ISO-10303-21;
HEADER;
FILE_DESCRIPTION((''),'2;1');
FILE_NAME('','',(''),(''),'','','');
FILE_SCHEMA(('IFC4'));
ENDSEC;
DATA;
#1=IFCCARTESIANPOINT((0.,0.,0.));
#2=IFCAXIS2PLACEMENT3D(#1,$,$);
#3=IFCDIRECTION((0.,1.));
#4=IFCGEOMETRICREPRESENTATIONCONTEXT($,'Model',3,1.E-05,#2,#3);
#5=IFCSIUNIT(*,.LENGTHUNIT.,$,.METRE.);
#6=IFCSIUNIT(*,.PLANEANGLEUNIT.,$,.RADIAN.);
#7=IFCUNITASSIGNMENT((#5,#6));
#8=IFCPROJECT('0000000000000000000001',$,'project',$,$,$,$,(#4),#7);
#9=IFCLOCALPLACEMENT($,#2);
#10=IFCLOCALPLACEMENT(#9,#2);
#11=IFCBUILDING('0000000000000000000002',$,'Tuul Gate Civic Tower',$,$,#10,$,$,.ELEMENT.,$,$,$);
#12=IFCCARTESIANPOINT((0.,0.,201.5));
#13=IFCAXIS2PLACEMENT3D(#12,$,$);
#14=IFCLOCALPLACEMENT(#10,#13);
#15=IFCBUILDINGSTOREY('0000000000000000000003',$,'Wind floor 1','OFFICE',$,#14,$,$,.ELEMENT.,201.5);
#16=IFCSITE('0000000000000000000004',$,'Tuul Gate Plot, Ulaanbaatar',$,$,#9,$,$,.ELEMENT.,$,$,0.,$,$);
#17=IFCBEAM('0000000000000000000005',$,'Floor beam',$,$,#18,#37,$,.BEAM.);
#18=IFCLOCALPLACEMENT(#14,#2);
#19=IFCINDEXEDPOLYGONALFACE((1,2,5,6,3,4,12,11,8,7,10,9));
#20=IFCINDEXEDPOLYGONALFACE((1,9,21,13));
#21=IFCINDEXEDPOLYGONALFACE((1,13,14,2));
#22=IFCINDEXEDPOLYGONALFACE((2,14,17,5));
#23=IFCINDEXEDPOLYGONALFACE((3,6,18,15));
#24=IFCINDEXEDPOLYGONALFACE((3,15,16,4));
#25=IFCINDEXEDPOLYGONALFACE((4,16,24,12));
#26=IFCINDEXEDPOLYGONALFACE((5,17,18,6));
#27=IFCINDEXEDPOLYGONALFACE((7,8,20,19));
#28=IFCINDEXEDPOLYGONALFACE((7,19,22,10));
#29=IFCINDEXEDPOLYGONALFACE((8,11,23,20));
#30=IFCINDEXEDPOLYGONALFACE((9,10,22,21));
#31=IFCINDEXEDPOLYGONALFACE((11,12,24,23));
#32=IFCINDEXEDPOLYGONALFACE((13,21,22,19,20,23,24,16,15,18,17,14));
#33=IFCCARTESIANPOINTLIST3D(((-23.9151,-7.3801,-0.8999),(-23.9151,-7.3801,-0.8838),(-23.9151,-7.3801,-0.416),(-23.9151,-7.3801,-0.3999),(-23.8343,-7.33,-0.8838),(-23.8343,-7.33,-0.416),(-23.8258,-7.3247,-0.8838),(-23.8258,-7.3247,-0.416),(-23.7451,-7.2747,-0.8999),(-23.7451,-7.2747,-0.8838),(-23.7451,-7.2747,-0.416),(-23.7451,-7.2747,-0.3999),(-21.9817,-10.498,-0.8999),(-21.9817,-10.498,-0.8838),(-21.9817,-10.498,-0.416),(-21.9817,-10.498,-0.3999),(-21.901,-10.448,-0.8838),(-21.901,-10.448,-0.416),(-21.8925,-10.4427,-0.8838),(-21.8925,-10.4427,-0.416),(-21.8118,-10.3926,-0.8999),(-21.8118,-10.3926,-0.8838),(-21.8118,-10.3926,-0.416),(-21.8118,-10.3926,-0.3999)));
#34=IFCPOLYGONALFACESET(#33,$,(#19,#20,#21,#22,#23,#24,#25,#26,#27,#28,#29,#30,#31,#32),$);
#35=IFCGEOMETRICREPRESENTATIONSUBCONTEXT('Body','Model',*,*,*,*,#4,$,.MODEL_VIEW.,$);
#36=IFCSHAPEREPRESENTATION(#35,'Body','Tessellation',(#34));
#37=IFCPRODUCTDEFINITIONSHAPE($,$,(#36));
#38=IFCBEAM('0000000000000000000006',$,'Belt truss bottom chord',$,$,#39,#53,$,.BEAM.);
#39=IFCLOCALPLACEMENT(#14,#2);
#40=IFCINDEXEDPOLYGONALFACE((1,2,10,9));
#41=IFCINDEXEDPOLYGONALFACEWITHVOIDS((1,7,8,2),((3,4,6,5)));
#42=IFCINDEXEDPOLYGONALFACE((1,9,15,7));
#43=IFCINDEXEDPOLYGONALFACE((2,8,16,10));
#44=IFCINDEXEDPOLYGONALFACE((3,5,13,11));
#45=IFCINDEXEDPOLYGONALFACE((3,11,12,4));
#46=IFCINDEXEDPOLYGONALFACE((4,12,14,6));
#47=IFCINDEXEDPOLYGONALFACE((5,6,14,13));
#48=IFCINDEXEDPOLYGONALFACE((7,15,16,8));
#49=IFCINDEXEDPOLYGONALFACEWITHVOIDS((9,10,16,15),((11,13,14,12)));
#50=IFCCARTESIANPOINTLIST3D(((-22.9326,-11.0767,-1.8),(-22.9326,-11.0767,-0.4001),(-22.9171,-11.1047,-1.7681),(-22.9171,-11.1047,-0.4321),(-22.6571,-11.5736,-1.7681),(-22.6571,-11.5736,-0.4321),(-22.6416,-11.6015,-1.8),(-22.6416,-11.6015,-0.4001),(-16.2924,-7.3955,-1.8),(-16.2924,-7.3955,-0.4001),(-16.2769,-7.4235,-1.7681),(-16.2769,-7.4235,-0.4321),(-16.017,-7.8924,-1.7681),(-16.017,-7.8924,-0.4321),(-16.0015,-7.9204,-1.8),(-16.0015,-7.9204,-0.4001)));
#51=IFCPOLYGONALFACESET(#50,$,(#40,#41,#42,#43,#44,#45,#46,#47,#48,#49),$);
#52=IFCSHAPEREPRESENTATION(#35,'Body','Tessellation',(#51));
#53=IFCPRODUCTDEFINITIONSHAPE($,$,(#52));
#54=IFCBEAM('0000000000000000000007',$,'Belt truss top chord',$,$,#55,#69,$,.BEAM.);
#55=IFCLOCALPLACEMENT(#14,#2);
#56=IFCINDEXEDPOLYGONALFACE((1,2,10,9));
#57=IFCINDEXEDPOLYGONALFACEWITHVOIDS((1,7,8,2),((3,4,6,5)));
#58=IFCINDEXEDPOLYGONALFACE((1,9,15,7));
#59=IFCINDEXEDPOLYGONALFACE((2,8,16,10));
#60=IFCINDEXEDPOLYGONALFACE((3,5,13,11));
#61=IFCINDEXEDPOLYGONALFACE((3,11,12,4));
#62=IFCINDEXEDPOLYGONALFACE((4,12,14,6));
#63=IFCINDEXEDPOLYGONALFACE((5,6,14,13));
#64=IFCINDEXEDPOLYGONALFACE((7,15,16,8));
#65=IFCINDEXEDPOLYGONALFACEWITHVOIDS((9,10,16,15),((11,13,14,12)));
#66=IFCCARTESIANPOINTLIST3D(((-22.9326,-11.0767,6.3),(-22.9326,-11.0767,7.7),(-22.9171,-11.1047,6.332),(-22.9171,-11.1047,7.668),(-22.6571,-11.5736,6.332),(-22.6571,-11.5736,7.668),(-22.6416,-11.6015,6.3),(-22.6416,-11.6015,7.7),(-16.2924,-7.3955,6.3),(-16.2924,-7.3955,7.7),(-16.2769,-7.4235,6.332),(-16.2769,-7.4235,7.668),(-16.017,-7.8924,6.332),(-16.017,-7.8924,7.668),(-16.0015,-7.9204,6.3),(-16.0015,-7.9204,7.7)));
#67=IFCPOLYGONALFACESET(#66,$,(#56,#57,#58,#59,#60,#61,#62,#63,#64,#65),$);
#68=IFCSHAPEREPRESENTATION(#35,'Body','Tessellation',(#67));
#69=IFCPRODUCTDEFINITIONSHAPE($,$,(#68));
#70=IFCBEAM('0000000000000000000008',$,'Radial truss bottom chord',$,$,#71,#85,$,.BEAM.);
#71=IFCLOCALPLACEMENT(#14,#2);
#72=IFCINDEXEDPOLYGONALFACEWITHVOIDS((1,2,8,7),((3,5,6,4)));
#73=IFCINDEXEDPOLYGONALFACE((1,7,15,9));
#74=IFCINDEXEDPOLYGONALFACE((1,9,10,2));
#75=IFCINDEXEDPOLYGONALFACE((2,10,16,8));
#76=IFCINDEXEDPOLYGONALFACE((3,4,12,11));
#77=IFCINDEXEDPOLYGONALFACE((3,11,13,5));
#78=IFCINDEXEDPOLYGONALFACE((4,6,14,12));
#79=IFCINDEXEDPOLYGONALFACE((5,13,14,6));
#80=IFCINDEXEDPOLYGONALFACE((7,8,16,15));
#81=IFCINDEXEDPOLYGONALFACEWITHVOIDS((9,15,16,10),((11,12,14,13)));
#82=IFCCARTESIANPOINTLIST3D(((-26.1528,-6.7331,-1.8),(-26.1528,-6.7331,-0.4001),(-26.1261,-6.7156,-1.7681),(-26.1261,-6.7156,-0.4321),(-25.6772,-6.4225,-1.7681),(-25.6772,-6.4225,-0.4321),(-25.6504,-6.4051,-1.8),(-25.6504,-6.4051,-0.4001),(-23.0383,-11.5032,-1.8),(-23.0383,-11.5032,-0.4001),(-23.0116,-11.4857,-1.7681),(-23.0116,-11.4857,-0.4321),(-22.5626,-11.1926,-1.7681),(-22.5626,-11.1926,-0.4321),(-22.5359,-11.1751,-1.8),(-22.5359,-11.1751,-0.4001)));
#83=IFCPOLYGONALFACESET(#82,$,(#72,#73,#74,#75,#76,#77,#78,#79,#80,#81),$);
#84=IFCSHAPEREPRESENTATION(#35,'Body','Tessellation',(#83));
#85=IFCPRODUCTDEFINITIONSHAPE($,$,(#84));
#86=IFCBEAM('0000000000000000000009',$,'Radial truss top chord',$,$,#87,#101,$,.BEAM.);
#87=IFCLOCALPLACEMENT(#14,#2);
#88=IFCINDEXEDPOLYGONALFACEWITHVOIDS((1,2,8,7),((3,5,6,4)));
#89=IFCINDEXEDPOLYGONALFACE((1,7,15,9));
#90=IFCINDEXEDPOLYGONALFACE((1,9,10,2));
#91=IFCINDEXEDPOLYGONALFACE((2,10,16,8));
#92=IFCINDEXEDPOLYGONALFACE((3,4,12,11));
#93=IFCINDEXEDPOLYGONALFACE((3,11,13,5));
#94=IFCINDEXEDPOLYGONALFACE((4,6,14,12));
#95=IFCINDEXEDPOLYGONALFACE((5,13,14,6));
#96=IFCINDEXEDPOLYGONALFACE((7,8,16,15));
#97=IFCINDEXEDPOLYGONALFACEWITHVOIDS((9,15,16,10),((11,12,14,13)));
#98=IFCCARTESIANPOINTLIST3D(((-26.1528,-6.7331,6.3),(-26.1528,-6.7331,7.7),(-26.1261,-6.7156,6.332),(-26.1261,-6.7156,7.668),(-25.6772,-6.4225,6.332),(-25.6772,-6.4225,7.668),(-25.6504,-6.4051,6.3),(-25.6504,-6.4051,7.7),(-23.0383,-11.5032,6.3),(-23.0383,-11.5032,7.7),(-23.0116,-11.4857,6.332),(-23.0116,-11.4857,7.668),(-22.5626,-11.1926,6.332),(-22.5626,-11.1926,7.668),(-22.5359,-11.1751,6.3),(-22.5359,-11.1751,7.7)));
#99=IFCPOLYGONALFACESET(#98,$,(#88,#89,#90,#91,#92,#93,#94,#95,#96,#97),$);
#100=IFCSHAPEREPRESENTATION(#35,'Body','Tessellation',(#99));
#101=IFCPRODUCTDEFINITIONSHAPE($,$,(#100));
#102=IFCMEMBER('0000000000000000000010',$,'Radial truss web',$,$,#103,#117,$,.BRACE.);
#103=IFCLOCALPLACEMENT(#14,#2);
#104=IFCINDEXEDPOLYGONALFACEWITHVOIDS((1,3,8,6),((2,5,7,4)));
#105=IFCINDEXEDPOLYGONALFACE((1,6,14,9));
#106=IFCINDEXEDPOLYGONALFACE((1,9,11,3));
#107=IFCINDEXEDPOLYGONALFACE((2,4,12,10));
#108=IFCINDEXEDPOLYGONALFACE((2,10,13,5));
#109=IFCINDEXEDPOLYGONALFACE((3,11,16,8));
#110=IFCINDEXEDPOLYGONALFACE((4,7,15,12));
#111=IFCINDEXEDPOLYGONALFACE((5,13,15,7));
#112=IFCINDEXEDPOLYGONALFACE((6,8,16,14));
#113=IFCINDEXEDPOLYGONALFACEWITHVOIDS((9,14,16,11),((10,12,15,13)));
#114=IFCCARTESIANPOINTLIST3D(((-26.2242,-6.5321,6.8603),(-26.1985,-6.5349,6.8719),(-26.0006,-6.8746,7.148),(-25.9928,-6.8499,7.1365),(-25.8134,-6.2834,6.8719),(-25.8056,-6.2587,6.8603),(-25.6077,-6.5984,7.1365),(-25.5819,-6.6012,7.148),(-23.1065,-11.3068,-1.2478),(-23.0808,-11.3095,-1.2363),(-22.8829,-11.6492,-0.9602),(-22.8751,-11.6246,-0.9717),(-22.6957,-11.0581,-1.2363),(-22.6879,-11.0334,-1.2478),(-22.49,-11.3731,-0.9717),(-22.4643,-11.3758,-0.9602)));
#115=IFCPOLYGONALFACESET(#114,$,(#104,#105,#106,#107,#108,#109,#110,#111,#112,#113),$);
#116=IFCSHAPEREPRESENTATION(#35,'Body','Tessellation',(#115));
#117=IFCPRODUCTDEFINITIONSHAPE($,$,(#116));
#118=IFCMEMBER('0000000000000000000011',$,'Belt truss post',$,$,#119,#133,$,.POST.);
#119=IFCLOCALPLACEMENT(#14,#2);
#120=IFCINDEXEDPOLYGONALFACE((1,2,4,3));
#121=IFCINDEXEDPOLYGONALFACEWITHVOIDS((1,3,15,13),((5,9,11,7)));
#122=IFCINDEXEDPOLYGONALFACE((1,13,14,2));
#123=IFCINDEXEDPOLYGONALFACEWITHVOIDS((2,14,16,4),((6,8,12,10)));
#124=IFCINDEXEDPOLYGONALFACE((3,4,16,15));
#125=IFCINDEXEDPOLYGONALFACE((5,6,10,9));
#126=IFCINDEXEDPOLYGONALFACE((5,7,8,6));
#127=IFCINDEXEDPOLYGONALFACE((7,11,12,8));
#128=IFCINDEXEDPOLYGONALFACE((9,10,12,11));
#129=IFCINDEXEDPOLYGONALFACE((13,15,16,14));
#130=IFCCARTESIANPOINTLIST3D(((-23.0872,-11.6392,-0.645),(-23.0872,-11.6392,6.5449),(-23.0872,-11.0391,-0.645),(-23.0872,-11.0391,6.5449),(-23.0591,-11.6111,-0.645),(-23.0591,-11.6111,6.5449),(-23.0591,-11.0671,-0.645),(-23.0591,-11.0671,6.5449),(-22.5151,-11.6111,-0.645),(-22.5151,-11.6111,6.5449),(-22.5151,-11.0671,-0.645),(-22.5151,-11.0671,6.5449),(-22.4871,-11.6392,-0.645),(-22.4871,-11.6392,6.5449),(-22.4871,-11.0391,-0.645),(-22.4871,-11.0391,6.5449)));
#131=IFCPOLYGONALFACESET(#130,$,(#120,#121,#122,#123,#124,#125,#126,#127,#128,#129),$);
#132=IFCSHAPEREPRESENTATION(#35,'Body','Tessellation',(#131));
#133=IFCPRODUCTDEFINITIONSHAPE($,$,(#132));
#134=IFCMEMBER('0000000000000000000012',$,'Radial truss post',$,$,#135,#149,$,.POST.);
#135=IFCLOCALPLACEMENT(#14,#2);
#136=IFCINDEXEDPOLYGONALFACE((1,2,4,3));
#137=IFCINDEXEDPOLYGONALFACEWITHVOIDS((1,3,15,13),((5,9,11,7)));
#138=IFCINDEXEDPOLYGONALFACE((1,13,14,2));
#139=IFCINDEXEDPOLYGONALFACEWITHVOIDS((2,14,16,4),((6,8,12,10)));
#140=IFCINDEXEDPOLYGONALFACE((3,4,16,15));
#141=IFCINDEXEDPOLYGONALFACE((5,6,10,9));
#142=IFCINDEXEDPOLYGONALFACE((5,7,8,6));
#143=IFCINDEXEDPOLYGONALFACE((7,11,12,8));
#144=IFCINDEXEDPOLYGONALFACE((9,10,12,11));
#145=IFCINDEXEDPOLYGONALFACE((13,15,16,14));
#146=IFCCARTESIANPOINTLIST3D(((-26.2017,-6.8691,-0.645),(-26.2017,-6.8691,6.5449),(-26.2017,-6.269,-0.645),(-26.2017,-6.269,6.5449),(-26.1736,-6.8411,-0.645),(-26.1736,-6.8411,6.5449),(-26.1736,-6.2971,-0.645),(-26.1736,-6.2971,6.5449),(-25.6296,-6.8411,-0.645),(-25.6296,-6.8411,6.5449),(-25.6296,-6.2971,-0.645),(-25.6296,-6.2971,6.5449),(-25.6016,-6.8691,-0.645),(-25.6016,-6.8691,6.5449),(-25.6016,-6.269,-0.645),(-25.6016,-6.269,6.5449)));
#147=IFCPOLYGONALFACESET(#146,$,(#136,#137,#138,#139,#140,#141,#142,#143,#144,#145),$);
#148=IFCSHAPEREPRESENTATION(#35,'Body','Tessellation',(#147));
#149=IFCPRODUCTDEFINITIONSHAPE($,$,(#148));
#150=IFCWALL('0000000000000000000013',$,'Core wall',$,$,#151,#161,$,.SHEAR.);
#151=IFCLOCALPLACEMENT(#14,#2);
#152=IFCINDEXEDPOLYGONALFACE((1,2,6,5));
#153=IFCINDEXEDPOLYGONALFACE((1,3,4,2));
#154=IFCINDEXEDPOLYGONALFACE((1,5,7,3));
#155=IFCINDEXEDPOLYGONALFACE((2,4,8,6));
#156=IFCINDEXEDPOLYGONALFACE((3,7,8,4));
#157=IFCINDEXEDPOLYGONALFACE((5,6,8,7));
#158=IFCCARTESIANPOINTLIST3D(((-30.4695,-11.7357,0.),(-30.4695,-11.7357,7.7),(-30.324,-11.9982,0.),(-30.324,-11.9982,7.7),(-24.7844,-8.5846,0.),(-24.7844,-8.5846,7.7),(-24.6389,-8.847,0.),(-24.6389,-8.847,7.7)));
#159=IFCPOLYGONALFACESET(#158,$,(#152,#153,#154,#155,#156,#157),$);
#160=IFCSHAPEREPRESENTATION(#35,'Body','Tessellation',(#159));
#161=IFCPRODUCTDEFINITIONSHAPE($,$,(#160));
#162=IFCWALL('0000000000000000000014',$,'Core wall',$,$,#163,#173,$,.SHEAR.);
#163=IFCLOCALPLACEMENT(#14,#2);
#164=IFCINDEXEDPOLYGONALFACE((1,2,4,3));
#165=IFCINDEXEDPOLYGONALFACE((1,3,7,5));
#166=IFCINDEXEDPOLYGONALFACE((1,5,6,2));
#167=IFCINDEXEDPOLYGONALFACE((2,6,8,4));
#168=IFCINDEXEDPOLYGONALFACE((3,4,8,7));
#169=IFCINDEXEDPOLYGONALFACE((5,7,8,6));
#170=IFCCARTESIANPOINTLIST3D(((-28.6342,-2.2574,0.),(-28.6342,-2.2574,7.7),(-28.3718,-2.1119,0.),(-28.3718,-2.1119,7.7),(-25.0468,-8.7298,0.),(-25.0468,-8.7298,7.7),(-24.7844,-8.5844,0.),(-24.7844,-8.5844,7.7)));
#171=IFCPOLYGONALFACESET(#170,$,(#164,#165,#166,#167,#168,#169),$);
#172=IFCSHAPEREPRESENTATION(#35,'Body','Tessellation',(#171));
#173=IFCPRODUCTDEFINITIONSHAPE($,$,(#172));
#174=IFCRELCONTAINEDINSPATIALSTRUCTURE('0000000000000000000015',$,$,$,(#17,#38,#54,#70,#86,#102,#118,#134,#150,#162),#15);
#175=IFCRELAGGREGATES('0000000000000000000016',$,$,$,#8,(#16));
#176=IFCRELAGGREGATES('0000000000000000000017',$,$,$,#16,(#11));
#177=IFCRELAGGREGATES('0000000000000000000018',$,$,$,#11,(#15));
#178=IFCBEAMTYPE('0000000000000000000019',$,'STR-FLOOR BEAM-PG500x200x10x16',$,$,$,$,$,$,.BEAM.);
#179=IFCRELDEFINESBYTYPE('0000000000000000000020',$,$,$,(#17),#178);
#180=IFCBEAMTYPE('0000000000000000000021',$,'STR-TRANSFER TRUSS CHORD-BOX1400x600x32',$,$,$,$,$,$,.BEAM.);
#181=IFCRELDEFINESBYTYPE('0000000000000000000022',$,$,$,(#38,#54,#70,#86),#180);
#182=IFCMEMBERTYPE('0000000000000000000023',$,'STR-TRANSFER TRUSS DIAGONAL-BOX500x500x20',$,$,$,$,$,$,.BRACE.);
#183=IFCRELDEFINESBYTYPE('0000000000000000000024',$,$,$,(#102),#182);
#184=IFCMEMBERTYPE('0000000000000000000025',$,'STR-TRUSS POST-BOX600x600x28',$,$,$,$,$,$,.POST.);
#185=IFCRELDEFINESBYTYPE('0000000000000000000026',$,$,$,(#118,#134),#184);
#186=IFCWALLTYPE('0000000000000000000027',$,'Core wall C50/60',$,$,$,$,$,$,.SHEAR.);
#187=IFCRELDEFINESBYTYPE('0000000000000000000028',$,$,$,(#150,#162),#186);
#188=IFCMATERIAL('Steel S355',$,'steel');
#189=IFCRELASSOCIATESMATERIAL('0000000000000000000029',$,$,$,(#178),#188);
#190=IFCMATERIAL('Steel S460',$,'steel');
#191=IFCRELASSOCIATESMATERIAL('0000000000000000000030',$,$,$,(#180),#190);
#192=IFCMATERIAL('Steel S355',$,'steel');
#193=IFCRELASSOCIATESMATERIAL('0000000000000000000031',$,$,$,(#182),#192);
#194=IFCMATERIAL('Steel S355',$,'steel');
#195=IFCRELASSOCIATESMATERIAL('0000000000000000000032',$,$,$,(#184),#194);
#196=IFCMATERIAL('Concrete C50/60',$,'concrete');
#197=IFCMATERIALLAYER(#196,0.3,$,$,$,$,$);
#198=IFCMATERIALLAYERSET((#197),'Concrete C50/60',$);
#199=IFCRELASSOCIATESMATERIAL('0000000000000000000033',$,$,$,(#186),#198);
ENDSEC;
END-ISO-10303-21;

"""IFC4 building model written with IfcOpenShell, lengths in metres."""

from ifc_helpers import new_model, si_unit, direction, frame, frame_2d, origin, origin_2d, place, context, subcontext, project, spatial, rectangle, hollow_rectangle, i_section, extrude, material, layer, layer_set, material_profile, profile_set, type_object, element, save


model = new_model("IFC4")

# Units and contexts
model_context = context("Model", 3, precision=1e-05, world=origin(), true_north=direction((0.0, 1.0)))
body_context = subcontext(model_context, "Body", "Model", "MODEL_VIEW")
ifc_project = project(units=[si_unit("LENGTHUNIT", "METRE"), si_unit("PLANEANGLEUNIT", "RADIAN")], contexts=[model_context])

# Site, building, storey
site_placement = place(None, origin())
site = spatial("IfcSite", under=ifc_project, at=site_placement, Name="Tuul Gate Plot, Ulaanbaatar", CompositionType="ELEMENT", RefElevation=0.0)
building_placement = place(site_placement, origin())
building = spatial("IfcBuilding", under=site, at=building_placement, Name="Tuul Gate Civic Tower", CompositionType="ELEMENT")
storey_placement = place(building_placement, frame((0.0, 0.0, 201.5)))
storey = spatial("IfcBuildingStorey", under=building, at=storey_placement, Name="Wind floor 1", Description="OFFICE", CompositionType="ELEMENT", Elevation=201.5)

# Beams
ifc_material_1 = material(Name="Steel S355", Category="steel")
ifc_material_profile_1 = material_profile(ifc_material_1, i_section(OverallWidth=0.2, OverallDepth=0.5, WebThickness=0.01, FlangeThickness=0.0161, at=origin_2d()), Name="PG500x200x10x16")
ifc_profile_set_1 = profile_set([ifc_material_profile_1], Name="Steel S355")
beam_type_1 = type_object("IfcBeamType", Name="STR-FLOOR BEAM-PG500x200x10x16", PredefinedType="BEAM", material=ifc_profile_set_1)
beam_placement = place(storey_placement, frame((-21.8967, -10.4453, -0.6499), z_axis=(-0.526987, 0.849873, 0.0), x_axis=(-0.849873, -0.526987, 0.0)))
element("IfcBeam", 1, at=beam_placement, inside=storey, type_object=beam_type_1, Name="Floor beam", PredefinedType="BEAM", context=body_context, shape_type="SweptSolid", body=[
    extrude(i_section(OverallWidth=0.2, OverallDepth=0.5, WebThickness=0.01, FlangeThickness=0.0161, at=origin_2d()), origin(), (0.0, 0.0, 1.0), 3.6687),
])
ifc_material_2 = material(Name="Steel S460", Category="steel")
ifc_material_profile_2 = material_profile(ifc_material_2, hollow_rectangle(XDim=0.6001, YDim=1.3999, WallThickness=0.032, at=origin_2d()), Name="BOX1400x600x32")
ifc_profile_set_2 = profile_set([ifc_material_profile_2], Name="Steel S460")
beam_type_2 = type_object("IfcBeamType", Name="STR-TRANSFER TRUSS CHORD-BOX1400x600x32", PredefinedType="BEAM", material=ifc_profile_set_2)
for number, where, z_axis, x_axis, name in (
    (2, (-22.7871, -11.3391, -1.1001), (0.874594, 0.484856, 0.0), (-0.484856, 0.874594, 0.0), "Belt truss bottom chord"),
    (3, (-22.7871, -11.3391, 7.0), (0.874594, 0.484856, 0.0), (-0.484856, 0.874594, 0.0), "Belt truss top chord"),
):
    element("IfcBeam", number, at=place(storey_placement, frame(where, z_axis=z_axis, x_axis=x_axis)), inside=storey, type_object=beam_type_2, Name=name, PredefinedType="BEAM", context=body_context, shape_type="SweptSolid", body=[
        extrude(hollow_rectangle(XDim=0.6001, YDim=1.3999, WallThickness=0.032, at=origin_2d()), origin(), (0.0, 0.0, 1.0), 7.5923),
    ])
for number, where, z_axis, x_axis, name in (
    (4, (-25.9016, -6.5691, -1.1001), (0.546713, -0.83732, 0.0), (0.83732, 0.546713, 0.0), "Radial truss bottom chord"),
    (5, (-25.9016, -6.5691, 7.0), (0.546713, -0.83732, 0.0), (0.83732, 0.546713, 0.0), "Radial truss top chord"),
):
    element("IfcBeam", number, at=place(storey_placement, frame(where, z_axis=z_axis, x_axis=x_axis)), inside=storey, type_object=beam_type_2, Name=name, PredefinedType="BEAM", context=body_context, shape_type="SweptSolid", body=[
        extrude(hollow_rectangle(XDim=0.6001, YDim=1.3999, WallThickness=0.032, at=origin_2d()), origin(), (0.0, 0.0, 1.0), 5.6968),
    ])

# Members
ifc_material_3 = material(Name="Steel S355", Category="steel")
ifc_material_profile_3 = material_profile(ifc_material_3, hollow_rectangle(XDim=0.5, YDim=0.5, WallThickness=0.02, at=origin_2d()), Name="BOX500x500x20")
ifc_profile_set_3 = profile_set([ifc_material_profile_3], Name="Steel S355")
member_type_1 = type_object("IfcMemberType", Name="STR-TRANSFER TRUSS DIAGONAL-BOX500x500x20", PredefinedType="BRACE", material=ifc_profile_set_3)
member_placement = place(storey_placement, frame((-22.7854, -11.3413, -1.104), z_axis=(-0.314517, 0.481676, 0.817965), x_axis=(-0.837308, -0.546731, 0.0)))
element("IfcMember", 6, at=member_placement, inside=storey, type_object=member_type_1, Name="Radial truss web", PredefinedType="BRACE", context=body_context, shape_type="SweptSolid", body=[
    extrude(hollow_rectangle(XDim=0.5, YDim=0.5, WallThickness=0.02, at=origin_2d()), origin(), (0.0, 0.0, 1.0), 9.9126),
])
ifc_material_4 = material(Name="Steel S355", Category="steel")
ifc_material_profile_4 = material_profile(ifc_material_4, hollow_rectangle(XDim=0.6001, YDim=0.6001, WallThickness=0.0281, at=origin_2d()), Name="BOX600x600x28")
ifc_profile_set_4 = profile_set([ifc_material_profile_4], Name="Steel S355")
member_type_2 = type_object("IfcMemberType", Name="STR-TRUSS POST-BOX600x600x28", PredefinedType="POST", material=ifc_profile_set_4)
for number, where, z_axis, x_axis, name in (
    (7, (-22.7871, -11.3391, -0.645), (0.0, 0.0, 1.0), (1.0, 0.0, 0.0), "Belt truss post"),
    (8, (-25.9016, -6.5691, -0.645), (0.0, 0.0, 1.0), (1.0, 0.0, 0.0), "Radial truss post"),
):
    element("IfcMember", number, at=place(storey_placement, frame(where, z_axis=z_axis, x_axis=x_axis)), inside=storey, type_object=member_type_2, Name=name, PredefinedType="POST", context=body_context, shape_type="SweptSolid", body=[
        extrude(hollow_rectangle(XDim=0.6001, YDim=0.6001, WallThickness=0.0281, at=origin_2d()), origin(), (0.0, 0.0, 1.0), 7.1899),
    ])

# Walls
ifc_material_5 = material(Name="Concrete C50/60", Category="concrete")
ifc_layer_1 = layer(ifc_material_5, 0.3)
ifc_layer_set_1 = layer_set([ifc_layer_1], Name="Concrete C50/60")
wall_type_1 = type_object("IfcWallType", Name="Core wall C50/60", PredefinedType="SHEAR", material=ifc_layer_set_1)
wall_1_placement = place(storey_placement, frame((-24.7117, -8.7158, 0.0), z_axis=(0.0, 0.0, 1.0), x_axis=(-0.87463, -0.484791, 0.0)))
element("IfcWall", 9, at=wall_1_placement, inside=storey, type_object=wall_type_1, Name="Core wall", PredefinedType="SHEAR", context=body_context, shape_type="SweptSolid", body=[
    extrude(rectangle(XDim=6.5, YDim=0.3, at=frame_2d((3.25, 0.0))), origin(), (0.0, 0.0, 1.0), 7.7),
])
wall_2_placement = place(storey_placement, frame((-24.9155, -8.6572, 0.0), z_axis=(0.0, 0.0, 1.0), x_axis=(-0.484777, 0.874638, 0.0)))
element("IfcWall", 10, at=wall_2_placement, inside=storey, type_object=wall_type_1, Name="Core wall", PredefinedType="SHEAR", context=body_context, shape_type="SweptSolid", body=[
    extrude(rectangle(XDim=7.4001, YDim=0.3, at=frame_2d((3.7002, 0.0))), origin(), (0.0, 0.0, 1.0), 7.7),
])

save(model, "model.ifc")
